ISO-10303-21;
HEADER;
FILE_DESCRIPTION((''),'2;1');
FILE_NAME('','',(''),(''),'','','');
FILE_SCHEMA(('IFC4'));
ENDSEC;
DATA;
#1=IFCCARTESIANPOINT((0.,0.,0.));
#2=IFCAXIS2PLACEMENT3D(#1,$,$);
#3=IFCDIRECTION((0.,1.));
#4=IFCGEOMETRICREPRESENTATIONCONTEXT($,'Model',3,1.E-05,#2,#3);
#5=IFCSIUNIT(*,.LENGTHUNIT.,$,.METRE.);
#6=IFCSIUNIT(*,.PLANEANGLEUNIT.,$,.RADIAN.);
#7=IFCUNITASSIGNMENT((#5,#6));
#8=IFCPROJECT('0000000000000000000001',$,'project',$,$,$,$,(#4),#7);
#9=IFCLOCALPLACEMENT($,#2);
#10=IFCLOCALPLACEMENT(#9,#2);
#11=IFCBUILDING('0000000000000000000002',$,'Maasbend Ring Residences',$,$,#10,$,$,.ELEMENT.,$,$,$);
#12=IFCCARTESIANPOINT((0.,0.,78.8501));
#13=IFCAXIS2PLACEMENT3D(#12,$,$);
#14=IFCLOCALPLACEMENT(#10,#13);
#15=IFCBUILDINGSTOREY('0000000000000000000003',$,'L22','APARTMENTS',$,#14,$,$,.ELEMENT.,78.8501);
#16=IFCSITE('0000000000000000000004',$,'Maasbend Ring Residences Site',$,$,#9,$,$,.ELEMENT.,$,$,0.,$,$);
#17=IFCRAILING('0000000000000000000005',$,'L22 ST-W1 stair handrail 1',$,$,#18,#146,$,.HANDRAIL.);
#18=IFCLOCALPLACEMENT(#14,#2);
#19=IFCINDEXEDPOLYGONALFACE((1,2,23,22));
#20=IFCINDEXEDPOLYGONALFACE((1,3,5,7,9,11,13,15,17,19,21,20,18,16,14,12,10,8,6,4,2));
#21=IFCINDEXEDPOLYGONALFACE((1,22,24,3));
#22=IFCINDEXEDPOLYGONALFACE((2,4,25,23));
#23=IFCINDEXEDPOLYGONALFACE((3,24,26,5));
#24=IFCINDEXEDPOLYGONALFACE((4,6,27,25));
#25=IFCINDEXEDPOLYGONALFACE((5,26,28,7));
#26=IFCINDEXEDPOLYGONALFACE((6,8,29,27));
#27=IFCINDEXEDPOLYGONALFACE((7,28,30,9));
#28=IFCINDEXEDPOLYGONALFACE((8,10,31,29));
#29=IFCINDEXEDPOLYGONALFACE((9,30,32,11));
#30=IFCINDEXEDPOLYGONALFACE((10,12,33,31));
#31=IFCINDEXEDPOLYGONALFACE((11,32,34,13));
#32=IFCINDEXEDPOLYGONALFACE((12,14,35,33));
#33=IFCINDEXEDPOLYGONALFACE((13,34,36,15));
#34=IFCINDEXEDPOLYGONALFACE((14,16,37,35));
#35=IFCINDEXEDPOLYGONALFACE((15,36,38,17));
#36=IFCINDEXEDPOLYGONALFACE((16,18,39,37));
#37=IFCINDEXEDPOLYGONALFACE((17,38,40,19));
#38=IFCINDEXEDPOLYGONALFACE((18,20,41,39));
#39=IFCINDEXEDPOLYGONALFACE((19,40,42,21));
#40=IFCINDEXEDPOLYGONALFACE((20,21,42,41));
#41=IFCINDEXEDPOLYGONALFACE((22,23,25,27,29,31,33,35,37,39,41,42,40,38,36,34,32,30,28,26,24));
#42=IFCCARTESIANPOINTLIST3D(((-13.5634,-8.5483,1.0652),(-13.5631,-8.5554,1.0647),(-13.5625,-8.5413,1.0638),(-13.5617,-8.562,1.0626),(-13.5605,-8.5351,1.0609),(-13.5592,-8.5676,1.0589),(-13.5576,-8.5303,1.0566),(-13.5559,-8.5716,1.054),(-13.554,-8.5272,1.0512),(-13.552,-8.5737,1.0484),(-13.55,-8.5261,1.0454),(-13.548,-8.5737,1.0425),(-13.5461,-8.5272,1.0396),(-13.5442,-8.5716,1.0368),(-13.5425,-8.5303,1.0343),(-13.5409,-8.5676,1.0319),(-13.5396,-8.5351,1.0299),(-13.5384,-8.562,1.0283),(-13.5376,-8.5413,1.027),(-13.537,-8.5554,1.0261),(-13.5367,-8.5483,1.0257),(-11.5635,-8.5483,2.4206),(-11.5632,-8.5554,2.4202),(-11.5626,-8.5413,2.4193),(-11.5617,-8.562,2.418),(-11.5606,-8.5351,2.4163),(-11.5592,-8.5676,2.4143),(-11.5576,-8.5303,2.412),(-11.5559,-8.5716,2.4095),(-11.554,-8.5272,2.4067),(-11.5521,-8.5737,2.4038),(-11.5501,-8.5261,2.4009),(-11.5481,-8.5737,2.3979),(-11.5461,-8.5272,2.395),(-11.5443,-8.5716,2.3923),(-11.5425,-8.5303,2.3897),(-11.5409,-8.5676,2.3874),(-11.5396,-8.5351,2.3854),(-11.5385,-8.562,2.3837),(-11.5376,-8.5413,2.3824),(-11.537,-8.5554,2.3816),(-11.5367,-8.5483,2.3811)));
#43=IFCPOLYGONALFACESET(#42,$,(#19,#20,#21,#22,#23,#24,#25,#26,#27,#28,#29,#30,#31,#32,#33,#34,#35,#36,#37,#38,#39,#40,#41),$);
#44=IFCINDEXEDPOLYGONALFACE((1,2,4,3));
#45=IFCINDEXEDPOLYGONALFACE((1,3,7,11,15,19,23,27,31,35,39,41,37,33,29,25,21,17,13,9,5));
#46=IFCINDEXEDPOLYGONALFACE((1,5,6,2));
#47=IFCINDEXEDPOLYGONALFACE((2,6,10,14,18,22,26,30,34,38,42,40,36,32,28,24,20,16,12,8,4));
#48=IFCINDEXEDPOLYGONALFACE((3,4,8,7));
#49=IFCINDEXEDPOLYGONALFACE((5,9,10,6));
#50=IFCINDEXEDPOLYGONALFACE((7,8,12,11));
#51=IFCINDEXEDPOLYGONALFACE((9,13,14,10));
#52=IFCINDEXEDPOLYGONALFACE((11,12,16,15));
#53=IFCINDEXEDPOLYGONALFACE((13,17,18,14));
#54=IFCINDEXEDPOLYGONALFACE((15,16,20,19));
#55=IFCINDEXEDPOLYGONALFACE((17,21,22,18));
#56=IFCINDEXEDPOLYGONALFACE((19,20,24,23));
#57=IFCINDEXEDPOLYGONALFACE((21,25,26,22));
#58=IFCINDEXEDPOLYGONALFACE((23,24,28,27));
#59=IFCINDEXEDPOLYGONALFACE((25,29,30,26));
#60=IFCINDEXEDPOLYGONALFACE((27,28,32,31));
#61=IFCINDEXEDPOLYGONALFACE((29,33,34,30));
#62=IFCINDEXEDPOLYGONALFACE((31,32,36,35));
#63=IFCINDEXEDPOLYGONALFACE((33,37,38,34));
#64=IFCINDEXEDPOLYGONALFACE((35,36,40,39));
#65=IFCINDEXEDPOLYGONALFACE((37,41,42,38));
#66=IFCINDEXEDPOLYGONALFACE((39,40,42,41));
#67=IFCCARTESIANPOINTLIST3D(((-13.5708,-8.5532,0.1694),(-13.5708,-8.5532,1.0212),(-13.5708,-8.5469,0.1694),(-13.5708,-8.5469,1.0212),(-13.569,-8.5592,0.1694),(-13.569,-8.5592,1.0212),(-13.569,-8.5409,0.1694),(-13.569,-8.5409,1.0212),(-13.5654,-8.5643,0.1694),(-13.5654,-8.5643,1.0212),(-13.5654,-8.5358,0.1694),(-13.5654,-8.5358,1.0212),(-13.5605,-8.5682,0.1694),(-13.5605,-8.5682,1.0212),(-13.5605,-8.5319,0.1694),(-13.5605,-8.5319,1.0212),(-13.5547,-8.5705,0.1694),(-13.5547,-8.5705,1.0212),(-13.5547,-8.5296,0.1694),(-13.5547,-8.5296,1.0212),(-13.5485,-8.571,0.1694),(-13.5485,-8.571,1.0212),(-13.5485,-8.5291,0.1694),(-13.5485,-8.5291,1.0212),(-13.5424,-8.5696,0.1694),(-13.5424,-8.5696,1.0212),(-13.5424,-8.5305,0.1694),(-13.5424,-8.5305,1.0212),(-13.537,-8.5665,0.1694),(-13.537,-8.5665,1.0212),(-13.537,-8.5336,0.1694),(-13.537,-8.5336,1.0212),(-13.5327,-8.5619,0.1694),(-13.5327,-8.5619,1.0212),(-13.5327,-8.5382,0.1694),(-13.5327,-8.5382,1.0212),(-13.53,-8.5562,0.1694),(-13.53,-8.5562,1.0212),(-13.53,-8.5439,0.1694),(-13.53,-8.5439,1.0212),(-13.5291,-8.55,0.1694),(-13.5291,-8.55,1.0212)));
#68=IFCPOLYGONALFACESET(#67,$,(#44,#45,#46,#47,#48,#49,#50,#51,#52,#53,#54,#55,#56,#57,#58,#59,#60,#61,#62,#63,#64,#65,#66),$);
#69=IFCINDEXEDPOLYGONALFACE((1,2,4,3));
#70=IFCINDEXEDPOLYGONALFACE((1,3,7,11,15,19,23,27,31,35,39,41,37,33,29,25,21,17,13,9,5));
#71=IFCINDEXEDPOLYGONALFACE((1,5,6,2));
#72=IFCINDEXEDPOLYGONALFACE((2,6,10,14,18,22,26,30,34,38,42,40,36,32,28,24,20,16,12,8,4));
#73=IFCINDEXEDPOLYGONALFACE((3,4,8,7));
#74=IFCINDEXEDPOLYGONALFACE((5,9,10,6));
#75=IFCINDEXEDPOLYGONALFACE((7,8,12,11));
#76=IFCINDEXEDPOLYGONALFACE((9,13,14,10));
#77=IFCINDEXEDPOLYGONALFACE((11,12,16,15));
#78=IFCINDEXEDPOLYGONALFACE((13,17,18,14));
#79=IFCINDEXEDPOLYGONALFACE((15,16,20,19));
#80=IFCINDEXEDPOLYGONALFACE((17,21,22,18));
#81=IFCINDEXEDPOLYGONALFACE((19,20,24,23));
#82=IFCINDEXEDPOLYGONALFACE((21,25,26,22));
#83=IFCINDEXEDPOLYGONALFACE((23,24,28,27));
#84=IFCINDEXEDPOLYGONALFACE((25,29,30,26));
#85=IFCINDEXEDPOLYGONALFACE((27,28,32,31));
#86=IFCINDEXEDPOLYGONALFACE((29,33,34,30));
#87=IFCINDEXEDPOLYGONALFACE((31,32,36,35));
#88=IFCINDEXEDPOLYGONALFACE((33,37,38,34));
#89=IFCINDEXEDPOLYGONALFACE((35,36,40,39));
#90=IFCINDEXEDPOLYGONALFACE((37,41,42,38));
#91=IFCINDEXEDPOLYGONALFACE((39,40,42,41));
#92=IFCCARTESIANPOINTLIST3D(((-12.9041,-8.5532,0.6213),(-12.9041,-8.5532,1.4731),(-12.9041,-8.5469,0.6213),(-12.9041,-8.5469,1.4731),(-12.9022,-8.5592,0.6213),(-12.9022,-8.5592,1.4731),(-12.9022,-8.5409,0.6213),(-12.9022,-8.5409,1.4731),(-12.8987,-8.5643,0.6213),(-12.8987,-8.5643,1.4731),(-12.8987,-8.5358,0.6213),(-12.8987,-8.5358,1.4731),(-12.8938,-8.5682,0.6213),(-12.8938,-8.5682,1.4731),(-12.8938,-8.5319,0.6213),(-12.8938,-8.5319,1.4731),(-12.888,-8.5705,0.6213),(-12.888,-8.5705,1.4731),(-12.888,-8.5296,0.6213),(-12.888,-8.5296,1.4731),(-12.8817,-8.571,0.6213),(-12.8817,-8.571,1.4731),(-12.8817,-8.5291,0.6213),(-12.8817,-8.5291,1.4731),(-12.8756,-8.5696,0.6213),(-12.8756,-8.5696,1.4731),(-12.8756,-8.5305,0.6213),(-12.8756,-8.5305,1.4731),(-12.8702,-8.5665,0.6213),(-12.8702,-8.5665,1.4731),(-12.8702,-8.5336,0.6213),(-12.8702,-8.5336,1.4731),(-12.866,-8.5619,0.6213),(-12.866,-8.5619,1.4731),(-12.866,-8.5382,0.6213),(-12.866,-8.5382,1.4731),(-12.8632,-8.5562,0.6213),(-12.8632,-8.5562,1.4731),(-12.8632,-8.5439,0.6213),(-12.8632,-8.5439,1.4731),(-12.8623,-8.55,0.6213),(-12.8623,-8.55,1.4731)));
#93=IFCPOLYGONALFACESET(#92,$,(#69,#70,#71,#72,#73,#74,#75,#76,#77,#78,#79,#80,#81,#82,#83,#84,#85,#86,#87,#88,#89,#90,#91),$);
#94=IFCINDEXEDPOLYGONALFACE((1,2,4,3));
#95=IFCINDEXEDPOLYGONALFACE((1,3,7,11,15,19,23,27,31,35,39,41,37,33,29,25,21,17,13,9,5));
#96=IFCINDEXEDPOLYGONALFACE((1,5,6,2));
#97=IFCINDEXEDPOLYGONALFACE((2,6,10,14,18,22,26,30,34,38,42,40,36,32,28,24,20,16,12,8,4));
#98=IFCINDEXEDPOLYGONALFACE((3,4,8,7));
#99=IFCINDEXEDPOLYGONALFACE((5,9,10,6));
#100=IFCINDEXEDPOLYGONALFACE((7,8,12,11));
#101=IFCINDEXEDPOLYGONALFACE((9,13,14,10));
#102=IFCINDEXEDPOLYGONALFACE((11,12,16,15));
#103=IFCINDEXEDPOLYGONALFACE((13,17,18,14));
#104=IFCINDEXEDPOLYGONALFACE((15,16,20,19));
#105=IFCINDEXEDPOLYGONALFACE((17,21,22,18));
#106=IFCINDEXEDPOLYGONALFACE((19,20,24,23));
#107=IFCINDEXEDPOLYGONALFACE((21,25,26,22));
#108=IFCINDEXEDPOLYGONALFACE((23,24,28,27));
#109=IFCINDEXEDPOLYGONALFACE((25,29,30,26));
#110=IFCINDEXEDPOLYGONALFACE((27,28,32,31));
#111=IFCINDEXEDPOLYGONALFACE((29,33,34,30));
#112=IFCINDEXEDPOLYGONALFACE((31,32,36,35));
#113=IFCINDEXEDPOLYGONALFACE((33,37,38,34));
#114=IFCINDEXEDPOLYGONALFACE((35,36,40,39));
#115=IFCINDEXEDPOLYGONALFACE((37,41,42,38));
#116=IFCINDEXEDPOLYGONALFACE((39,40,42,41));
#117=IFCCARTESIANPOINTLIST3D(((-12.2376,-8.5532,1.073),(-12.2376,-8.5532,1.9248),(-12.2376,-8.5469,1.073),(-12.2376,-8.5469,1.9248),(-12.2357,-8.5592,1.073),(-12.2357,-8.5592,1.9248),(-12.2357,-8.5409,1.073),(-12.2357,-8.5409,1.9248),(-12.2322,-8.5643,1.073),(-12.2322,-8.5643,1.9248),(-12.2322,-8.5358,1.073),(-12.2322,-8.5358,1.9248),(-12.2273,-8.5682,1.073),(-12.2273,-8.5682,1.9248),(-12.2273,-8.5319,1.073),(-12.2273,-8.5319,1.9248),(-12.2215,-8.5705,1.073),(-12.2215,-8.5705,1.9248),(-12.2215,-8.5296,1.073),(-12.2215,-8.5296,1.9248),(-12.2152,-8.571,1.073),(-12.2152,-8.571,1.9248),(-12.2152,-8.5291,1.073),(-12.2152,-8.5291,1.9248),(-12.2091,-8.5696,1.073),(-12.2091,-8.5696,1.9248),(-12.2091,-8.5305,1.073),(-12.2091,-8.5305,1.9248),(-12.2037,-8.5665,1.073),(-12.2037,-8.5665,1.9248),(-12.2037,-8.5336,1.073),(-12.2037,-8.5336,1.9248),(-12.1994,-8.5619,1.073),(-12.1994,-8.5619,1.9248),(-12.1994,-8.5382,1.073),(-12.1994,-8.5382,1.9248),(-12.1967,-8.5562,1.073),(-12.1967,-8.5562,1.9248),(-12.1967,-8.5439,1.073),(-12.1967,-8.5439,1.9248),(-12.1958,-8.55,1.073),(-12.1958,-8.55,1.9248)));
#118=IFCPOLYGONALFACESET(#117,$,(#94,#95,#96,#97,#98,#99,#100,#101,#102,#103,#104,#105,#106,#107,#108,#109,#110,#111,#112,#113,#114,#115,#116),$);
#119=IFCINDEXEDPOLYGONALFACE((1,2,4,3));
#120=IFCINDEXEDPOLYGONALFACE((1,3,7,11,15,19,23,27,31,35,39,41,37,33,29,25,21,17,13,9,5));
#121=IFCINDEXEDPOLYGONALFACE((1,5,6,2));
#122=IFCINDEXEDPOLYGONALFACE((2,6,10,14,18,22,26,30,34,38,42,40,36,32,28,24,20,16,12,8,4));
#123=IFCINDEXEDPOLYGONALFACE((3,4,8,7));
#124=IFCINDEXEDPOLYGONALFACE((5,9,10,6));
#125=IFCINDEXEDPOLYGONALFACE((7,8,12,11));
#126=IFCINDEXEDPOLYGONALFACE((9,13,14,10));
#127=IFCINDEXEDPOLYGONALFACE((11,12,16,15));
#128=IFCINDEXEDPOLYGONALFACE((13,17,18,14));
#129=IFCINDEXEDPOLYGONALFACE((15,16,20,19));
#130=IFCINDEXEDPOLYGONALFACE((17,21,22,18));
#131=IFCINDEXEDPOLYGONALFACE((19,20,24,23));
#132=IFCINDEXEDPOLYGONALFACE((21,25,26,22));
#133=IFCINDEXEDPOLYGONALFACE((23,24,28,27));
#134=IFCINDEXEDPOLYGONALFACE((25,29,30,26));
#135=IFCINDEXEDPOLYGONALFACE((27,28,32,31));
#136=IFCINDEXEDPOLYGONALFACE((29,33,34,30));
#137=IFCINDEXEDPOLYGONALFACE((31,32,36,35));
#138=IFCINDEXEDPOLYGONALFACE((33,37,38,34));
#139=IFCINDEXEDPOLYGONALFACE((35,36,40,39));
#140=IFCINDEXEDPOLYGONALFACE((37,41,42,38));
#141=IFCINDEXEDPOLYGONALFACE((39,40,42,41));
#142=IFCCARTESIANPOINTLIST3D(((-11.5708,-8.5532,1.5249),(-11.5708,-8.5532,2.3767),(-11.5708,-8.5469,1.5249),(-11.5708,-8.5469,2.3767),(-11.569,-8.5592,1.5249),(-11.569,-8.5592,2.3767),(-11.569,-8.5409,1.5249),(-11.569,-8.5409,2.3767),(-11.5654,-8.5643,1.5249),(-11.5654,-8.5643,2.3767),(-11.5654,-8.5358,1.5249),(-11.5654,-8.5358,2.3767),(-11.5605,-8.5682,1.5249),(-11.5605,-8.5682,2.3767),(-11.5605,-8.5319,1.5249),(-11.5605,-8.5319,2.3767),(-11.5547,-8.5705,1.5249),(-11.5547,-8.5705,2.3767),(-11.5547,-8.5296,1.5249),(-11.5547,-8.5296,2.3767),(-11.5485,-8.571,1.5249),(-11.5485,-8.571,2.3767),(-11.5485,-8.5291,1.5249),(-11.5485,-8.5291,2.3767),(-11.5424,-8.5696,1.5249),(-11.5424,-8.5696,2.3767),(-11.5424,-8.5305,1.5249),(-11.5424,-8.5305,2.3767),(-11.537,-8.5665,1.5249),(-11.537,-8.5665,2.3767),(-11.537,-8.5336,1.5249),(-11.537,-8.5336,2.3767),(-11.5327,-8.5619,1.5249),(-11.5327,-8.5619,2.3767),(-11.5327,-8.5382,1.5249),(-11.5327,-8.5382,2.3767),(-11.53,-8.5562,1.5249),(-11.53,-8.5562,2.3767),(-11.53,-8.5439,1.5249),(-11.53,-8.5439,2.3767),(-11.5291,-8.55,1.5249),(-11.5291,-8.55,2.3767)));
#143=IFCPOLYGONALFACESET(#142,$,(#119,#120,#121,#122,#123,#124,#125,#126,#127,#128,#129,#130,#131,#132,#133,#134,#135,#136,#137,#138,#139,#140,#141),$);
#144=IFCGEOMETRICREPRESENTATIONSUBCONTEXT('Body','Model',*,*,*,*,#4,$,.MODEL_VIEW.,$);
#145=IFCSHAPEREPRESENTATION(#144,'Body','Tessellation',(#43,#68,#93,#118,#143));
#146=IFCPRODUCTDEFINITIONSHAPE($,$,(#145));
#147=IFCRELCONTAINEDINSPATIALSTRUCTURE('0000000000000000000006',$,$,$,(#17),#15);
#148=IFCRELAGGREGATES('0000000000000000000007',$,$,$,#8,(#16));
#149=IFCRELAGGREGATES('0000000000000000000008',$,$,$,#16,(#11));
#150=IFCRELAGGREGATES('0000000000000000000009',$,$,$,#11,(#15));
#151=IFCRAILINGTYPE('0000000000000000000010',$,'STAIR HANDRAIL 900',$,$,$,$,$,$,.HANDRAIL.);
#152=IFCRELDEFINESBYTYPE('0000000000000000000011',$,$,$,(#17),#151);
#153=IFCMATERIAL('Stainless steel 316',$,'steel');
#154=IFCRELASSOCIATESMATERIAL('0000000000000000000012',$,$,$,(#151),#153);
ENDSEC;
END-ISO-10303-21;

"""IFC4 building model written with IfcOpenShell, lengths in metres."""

from ifc_helpers import new_model, si_unit, direction, frame, origin, origin_2d, place, context, subcontext, project, spatial, circle, extrude, material, type_object, element, save


model = new_model("IFC4")

# Units and contexts
model_context = context("Model", 3, precision=1e-05, world=origin(), true_north=direction((0.0, 1.0)))
body_context = subcontext(model_context, "Body", "Model", "MODEL_VIEW")
ifc_project = project(units=[si_unit("LENGTHUNIT", "METRE"), si_unit("PLANEANGLEUNIT", "RADIAN")], contexts=[model_context])

# Site, building, storey
site_placement = place(None, origin())
site = spatial("IfcSite", under=ifc_project, at=site_placement, Name="Maasbend Ring Residences Site", CompositionType="ELEMENT", RefElevation=0.0)
building_placement = place(site_placement, origin())
building = spatial("IfcBuilding", under=site, at=building_placement, Name="Maasbend Ring Residences", CompositionType="ELEMENT")
storey_placement = place(building_placement, frame((0.0, 0.0, 78.8501)))
storey = spatial("IfcBuildingStorey", under=building, at=storey_placement, Name="L22", Description="APARTMENTS", CompositionType="ELEMENT", Elevation=78.8501)

# Railing
ifc_material_1 = material(Name="Stainless steel 316", Category="steel")
railing_type_1 = type_object("IfcRailingType", Name="STAIR HANDRAIL 900", PredefinedType="HANDRAIL", material=ifc_material_1)
railing_1_placement = place(storey_placement, frame((-13.55, -8.55, 0.1694)))
element("IfcRailing", 1, at=railing_1_placement, inside=storey, type_object=railing_type_1, Name="L22 ST-W1 stair handrail 1", PredefinedType="HANDRAIL", context=body_context, shape_type="SweptSolid", body=[
    extrude(circle(Radius=0.0239, at=origin_2d()), frame((0.0, 0.0, 0.876), z_axis=(0.827798, 0.0, 0.561027), x_axis=(0.0, 1.0, 0.0)), (0.0, 0.0, 1.0), 2.416),
    extrude(circle(Radius=0.021, at=origin_2d()), origin(), (0.0, 0.0, 1.0), 0.8518),
    extrude(circle(Radius=0.021, at=origin_2d()), frame((0.6667, 0.0, 0.4519)), (0.0, 0.0, 1.0), 0.8518),
    extrude(circle(Radius=0.021, at=origin_2d()), frame((1.3333, 0.0, 0.9036)), (0.0, 0.0, 1.0), 0.8518),
    extrude(circle(Radius=0.021, at=origin_2d()), frame((2.0, 0.0, 1.3555)), (0.0, 0.0, 1.0), 0.8518),
])

save(model, "model.ifc")
